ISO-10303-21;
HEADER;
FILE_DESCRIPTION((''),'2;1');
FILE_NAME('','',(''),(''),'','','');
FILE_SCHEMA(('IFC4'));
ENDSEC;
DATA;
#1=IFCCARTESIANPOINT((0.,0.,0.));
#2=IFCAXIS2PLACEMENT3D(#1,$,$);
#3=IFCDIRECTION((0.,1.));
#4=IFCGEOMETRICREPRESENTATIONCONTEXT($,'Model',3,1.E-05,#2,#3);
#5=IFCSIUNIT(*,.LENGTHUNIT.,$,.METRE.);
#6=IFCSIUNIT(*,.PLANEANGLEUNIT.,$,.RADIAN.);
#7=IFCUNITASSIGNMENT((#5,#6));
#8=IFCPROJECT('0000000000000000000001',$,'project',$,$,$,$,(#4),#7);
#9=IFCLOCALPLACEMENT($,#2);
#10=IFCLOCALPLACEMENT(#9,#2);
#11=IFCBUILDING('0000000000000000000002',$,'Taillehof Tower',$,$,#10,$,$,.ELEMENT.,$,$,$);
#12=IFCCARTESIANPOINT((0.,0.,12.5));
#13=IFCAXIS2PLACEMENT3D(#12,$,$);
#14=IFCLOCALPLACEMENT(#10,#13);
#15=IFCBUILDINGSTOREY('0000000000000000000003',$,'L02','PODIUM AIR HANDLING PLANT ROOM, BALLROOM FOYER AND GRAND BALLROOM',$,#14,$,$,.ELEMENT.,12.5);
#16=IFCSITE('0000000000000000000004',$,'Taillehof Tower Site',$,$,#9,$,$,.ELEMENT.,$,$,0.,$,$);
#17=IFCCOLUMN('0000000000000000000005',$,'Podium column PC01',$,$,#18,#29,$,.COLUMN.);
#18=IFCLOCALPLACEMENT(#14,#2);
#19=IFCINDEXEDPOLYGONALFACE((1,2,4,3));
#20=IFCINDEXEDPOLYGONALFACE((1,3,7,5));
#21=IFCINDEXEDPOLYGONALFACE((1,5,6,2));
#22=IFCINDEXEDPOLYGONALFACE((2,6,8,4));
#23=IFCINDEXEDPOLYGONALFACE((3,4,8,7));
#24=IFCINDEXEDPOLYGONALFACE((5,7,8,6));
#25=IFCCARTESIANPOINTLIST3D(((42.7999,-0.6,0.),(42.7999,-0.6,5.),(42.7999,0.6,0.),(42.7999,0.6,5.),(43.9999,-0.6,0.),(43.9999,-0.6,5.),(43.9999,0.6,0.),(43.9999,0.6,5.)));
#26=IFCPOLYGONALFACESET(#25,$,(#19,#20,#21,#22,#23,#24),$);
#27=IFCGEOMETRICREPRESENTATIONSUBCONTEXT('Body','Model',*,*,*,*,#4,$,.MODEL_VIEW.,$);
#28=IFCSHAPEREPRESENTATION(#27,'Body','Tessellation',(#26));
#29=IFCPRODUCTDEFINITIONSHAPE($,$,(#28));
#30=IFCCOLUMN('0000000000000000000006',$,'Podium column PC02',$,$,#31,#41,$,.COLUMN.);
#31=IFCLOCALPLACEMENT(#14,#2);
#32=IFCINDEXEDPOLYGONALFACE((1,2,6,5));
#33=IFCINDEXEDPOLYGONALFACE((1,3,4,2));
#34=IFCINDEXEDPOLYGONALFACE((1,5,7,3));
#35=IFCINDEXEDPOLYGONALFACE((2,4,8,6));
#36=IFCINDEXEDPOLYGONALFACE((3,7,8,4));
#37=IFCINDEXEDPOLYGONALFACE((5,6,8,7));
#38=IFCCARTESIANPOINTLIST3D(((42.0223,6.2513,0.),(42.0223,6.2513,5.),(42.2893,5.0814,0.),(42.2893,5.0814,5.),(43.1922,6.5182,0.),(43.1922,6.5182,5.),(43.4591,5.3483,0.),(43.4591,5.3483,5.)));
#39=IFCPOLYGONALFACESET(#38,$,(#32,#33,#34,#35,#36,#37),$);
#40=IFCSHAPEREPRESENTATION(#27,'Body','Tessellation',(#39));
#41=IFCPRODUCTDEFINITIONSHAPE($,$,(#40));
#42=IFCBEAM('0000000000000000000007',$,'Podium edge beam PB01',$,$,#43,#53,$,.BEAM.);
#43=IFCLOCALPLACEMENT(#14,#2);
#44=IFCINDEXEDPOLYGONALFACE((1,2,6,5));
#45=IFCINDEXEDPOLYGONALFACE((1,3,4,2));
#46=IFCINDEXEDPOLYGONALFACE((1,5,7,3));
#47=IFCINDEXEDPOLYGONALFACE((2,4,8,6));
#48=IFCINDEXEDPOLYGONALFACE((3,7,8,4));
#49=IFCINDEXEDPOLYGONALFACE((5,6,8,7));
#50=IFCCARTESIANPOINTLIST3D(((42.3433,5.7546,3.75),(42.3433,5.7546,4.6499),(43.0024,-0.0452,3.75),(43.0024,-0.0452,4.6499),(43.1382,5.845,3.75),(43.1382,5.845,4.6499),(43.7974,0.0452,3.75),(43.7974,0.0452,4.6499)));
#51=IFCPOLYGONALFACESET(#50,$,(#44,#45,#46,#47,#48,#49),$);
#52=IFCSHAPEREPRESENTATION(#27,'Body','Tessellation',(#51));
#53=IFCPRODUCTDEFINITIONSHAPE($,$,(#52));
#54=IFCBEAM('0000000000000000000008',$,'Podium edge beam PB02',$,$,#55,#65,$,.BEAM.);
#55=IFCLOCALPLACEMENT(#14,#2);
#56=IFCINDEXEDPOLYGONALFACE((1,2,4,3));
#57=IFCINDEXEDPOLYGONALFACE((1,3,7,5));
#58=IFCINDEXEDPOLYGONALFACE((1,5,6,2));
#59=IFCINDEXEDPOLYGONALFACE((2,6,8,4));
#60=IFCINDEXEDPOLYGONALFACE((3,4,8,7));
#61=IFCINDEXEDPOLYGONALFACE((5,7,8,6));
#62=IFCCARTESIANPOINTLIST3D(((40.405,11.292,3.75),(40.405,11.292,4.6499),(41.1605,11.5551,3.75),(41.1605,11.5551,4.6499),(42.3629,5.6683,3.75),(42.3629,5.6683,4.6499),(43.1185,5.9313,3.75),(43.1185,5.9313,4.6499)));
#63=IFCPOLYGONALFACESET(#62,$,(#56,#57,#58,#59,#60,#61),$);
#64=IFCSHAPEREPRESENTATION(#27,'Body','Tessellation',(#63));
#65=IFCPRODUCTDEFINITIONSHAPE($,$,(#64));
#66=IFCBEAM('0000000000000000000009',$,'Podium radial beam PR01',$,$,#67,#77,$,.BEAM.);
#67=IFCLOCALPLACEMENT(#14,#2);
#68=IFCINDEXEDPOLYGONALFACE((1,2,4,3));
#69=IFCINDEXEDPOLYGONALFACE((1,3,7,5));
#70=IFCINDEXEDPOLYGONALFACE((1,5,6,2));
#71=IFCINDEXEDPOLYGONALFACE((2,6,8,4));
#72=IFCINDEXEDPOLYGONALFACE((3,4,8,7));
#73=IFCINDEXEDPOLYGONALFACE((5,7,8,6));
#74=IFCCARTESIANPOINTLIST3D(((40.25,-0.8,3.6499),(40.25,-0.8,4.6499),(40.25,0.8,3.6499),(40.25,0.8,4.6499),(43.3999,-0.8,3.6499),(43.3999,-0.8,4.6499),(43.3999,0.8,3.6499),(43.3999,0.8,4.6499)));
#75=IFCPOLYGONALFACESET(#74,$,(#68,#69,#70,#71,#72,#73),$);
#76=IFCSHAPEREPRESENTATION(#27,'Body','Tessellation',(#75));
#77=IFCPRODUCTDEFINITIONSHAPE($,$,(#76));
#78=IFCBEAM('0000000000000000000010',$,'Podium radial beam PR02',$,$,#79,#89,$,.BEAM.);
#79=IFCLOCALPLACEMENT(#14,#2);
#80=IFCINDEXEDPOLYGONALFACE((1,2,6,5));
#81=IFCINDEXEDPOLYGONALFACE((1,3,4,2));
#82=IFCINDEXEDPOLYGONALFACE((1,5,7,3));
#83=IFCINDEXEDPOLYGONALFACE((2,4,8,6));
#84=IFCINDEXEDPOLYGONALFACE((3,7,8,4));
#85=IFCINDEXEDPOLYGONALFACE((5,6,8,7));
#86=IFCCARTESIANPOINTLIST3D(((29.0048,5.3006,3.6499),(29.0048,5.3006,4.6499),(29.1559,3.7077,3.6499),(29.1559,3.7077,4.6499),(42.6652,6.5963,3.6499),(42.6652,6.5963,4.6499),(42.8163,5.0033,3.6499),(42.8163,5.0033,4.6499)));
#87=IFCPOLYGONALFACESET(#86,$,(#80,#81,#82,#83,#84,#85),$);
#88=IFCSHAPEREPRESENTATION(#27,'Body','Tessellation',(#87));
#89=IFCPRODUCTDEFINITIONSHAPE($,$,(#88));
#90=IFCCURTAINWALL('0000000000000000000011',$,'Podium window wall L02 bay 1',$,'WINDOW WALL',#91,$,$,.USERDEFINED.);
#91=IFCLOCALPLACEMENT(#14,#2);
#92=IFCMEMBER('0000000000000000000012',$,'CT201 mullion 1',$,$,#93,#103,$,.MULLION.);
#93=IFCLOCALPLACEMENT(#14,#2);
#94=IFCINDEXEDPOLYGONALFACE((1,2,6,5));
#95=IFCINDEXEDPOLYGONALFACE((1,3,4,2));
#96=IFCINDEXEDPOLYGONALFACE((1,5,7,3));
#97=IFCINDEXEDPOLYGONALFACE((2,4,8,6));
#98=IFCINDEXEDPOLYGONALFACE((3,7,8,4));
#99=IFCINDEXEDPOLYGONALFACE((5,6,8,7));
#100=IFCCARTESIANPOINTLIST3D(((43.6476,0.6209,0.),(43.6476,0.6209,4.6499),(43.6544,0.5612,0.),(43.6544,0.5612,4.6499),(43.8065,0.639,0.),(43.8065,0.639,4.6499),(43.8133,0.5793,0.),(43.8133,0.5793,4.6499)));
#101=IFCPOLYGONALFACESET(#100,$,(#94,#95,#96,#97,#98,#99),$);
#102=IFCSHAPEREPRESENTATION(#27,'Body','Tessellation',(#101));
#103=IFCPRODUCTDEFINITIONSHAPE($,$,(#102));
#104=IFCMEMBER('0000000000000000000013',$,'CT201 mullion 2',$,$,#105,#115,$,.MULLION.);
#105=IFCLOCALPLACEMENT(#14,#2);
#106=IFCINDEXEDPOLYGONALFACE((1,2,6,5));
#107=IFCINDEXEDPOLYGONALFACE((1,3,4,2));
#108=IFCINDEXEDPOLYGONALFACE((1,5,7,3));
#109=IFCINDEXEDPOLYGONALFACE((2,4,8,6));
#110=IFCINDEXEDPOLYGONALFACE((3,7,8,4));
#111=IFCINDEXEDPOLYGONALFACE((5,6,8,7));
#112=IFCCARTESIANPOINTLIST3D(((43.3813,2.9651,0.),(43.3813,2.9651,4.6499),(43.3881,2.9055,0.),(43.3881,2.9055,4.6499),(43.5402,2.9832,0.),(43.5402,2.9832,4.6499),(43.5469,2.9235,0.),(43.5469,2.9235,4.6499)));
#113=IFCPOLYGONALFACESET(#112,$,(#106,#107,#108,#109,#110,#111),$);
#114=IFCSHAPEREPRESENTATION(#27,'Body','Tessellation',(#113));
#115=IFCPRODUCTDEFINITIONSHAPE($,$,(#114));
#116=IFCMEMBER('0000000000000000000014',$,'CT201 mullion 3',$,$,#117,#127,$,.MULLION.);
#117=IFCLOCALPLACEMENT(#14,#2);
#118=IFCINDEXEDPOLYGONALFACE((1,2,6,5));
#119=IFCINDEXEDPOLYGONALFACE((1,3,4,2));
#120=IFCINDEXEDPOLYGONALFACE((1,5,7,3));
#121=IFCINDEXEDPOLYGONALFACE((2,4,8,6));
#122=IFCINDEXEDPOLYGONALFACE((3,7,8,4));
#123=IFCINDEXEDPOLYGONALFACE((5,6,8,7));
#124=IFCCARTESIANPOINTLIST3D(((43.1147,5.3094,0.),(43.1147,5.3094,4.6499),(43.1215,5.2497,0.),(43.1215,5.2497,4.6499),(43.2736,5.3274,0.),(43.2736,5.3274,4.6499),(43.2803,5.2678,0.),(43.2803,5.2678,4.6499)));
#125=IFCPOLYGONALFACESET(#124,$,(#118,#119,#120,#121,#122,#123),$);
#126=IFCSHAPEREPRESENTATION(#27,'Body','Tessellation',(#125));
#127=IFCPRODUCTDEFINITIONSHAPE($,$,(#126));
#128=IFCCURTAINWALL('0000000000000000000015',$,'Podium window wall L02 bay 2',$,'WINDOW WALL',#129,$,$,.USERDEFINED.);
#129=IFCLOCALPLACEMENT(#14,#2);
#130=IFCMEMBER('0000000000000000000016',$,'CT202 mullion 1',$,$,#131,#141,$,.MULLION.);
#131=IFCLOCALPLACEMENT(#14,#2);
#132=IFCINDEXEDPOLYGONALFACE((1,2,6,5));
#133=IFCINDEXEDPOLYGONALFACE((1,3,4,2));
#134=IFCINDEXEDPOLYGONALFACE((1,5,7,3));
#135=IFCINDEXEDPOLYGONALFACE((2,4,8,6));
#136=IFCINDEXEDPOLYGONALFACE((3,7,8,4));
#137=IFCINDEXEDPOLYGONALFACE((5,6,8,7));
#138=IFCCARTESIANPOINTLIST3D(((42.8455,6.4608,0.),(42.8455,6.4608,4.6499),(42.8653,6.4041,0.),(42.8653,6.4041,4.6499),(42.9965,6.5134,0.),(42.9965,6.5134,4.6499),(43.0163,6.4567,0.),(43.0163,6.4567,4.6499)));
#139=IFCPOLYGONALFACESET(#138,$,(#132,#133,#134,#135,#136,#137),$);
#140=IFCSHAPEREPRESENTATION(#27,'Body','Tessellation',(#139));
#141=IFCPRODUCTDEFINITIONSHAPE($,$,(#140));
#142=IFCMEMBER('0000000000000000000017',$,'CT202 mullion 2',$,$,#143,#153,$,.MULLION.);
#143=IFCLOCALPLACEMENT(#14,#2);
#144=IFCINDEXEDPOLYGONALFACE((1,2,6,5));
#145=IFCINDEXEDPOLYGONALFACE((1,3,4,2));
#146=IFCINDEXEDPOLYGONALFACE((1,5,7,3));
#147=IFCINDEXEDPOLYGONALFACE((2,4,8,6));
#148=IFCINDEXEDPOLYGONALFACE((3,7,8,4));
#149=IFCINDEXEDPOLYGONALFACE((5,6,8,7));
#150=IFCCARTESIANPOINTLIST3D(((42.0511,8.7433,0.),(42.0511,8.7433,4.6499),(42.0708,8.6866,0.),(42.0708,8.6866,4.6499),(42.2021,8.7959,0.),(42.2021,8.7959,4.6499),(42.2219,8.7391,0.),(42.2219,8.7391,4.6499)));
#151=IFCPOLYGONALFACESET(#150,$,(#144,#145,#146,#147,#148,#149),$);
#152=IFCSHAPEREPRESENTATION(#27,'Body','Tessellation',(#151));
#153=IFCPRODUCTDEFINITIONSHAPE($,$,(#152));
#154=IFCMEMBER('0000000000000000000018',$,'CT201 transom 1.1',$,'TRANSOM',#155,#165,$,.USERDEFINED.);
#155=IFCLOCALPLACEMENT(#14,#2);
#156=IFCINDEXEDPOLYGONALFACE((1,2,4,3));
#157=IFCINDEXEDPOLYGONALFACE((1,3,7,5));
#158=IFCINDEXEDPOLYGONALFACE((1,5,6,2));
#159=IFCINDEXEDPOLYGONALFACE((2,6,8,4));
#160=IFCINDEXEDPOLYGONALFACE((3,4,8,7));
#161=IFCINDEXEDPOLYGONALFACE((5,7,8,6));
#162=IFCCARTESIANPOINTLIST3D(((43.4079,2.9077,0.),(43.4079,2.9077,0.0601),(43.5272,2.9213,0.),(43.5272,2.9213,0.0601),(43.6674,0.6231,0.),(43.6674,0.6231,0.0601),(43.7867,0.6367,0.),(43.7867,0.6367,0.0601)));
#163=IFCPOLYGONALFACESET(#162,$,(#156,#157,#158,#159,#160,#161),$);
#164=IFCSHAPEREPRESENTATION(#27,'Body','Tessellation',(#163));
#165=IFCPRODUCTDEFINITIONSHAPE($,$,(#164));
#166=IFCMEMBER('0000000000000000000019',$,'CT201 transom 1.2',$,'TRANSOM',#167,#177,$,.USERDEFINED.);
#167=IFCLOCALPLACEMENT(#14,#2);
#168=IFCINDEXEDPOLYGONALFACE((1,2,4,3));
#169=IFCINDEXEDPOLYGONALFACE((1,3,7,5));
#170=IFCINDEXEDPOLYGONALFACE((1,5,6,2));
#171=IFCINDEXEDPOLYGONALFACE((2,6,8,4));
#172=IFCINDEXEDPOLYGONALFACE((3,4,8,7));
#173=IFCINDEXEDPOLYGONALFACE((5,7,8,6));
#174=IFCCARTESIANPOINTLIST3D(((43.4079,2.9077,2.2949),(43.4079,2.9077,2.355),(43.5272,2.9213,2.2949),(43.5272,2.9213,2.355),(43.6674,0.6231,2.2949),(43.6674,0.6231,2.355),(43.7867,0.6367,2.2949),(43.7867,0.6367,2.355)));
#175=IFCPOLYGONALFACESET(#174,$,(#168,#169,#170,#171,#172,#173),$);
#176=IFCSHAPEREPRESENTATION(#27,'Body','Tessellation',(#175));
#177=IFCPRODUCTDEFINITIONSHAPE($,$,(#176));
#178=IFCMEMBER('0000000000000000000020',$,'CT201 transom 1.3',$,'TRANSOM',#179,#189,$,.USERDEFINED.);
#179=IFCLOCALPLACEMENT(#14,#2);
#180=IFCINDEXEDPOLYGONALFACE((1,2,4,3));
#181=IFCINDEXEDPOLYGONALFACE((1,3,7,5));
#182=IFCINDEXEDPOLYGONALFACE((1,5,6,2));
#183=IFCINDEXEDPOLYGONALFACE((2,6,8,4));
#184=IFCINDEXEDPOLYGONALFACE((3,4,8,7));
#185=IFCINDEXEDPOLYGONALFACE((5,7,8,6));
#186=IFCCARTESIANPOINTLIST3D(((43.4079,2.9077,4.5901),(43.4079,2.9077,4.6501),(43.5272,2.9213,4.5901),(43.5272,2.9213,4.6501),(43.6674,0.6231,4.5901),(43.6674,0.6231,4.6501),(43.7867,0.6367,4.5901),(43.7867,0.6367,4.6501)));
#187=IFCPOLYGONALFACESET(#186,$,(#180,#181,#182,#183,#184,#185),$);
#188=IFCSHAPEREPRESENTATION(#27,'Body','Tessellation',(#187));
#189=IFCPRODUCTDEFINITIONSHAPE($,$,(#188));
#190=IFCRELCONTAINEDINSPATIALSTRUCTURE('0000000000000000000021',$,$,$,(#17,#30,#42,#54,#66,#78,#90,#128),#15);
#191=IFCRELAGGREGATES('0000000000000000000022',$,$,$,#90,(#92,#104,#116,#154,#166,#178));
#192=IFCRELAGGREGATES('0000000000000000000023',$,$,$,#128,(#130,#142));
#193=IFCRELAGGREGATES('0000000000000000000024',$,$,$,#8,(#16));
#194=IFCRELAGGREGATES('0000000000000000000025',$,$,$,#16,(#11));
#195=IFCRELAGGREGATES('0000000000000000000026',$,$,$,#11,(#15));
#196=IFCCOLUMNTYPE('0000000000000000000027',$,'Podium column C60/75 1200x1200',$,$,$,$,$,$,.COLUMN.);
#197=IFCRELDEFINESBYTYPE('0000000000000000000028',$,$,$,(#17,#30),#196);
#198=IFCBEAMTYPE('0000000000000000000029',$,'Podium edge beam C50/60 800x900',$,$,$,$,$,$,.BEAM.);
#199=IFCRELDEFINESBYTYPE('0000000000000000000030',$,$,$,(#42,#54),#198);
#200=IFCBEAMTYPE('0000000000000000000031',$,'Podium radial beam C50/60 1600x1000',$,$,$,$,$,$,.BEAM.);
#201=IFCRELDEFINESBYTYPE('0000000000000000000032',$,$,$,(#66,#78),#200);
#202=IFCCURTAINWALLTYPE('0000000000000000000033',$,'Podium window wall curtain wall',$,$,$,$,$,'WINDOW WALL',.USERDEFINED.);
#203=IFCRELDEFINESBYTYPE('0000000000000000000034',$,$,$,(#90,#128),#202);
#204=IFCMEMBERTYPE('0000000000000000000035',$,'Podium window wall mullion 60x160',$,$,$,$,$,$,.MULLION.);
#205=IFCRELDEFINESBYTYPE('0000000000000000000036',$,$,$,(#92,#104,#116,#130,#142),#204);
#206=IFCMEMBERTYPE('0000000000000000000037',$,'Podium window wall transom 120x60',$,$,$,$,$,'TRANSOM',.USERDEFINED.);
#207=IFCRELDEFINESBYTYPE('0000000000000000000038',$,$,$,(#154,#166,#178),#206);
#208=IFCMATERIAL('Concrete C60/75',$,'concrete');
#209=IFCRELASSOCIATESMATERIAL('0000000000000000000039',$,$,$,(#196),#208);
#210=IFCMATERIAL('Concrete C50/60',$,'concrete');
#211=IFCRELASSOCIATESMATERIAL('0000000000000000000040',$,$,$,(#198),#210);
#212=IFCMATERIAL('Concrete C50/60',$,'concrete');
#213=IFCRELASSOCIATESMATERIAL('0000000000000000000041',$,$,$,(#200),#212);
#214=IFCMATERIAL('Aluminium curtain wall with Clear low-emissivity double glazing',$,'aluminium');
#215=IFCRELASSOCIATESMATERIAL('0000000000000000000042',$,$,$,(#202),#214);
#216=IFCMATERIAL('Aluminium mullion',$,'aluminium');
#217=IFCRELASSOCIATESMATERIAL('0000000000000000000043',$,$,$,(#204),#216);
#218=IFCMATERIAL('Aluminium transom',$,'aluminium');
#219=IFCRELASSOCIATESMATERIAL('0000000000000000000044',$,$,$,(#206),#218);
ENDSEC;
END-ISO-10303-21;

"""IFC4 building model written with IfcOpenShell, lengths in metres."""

from ifc_helpers import new_model, si_unit, direction, frame, origin, origin_2d, place, context, subcontext, project, spatial, rectangle, extrude, material, material_profile, profile_set, type_object, element, aggregate, save


model = new_model("IFC4")

# Units and contexts
model_context = context("Model", 3, precision=1e-05, world=origin(), true_north=direction((0.0, 1.0)))
body_context = subcontext(model_context, "Body", "Model", "MODEL_VIEW")
ifc_project = project(units=[si_unit("LENGTHUNIT", "METRE"), si_unit("PLANEANGLEUNIT", "RADIAN")], contexts=[model_context])

# Site, building, storey
site_placement = place(None, origin())
site = spatial("IfcSite", under=ifc_project, at=site_placement, Name="Taillehof Tower Site", CompositionType="ELEMENT", RefElevation=0.0)
building_placement = place(site_placement, origin())
building = spatial("IfcBuilding", under=site, at=building_placement, Name="Taillehof Tower", CompositionType="ELEMENT")
storey_placement = place(building_placement, frame((0.0, 0.0, 12.5)))
storey = spatial("IfcBuildingStorey", under=building, at=storey_placement, Name="L02", Description="PODIUM AIR HANDLING PLANT ROOM, BALLROOM FOYER AND GRAND BALLROOM", CompositionType="ELEMENT", Elevation=12.5)

# Columns
ifc_material_1 = material(Name="Concrete C60/75", Category="concrete")
ifc_material_profile_1 = material_profile(ifc_material_1, rectangle(XDim=1.2, YDim=1.2, at=origin_2d()), Name="RC 1200x1200")
ifc_profile_set_1 = profile_set([ifc_material_profile_1], Name="Concrete C60/75")
column_type = type_object("IfcColumnType", Name="Podium column C60/75 1200x1200", PredefinedType="COLUMN", material=ifc_profile_set_1)
for number, where, z_axis, x_axis, name in (
    (1, (43.3999, 0.0, 0.0), (0.0, 0.0, 1.0), (1.0, 0.0, 0.0), "Podium column PC01"),
    (2, (42.7407, 5.7998, 0.0), (0.0, 0.0, 1.0), (0.97494, 0.222469, 0.0), "Podium column PC02"),
):
    element("IfcColumn", number, at=place(storey_placement, frame(where, z_axis=z_axis, x_axis=x_axis)), inside=storey, type_object=column_type, Name=name, PredefinedType="COLUMN", context=body_context, shape_type="SweptSolid", body=[
        extrude(rectangle(XDim=1.2, YDim=1.2, at=origin_2d()), origin(), (0.0, 0.0, 1.0), 5.0),
    ])

# Beams
ifc_material_2 = material(Name="Concrete C50/60", Category="concrete")
ifc_material_profile_2 = material_profile(ifc_material_2, rectangle(XDim=0.8, YDim=0.8999, at=origin_2d()), Name="RC 800x900")
ifc_profile_set_2 = profile_set([ifc_material_profile_2], Name="Concrete C50/60")
beam_type_1 = type_object("IfcBeamType", Name="Podium edge beam C50/60 800x900", PredefinedType="BEAM", material=ifc_profile_set_2)
beam_1_placement = place(storey_placement, frame((43.3999, 0.0, 4.2), z_axis=(-0.112928, 0.993603, 0.0), x_axis=(-0.993603, -0.112928, 0.0)))
element("IfcBeam", 3, at=beam_1_placement, inside=storey, type_object=beam_type_1, Name="Podium edge beam PB01", PredefinedType="BEAM", context=body_context, shape_type="SweptSolid", body=[
    extrude(rectangle(XDim=0.8, YDim=0.8999, at=origin_2d()), origin(), (0.0, 0.0, 1.0), 5.8372),
])
beam_2_placement = place(storey_placement, frame((42.7407, 5.7998, 4.2), z_axis=(-0.328807, 0.944397, 0.0), x_axis=(-0.944397, -0.328807, 0.0)))
element("IfcBeam", 4, at=beam_2_placement, inside=storey, type_object=beam_type_1, Name="Podium edge beam PB02", PredefinedType="BEAM", context=body_context, shape_type="SweptSolid", body=[
    extrude(rectangle(XDim=0.8, YDim=0.8999, at=origin_2d()), origin(), (0.0, 0.0, 1.0), 5.9548),
])
ifc_material_3 = material(Name="Concrete C50/60", Category="concrete")
ifc_material_profile_3 = material_profile(ifc_material_3, rectangle(XDim=1.6001, YDim=1.0, at=origin_2d()), Name="RC 1600x1000")
ifc_profile_set_3 = profile_set([ifc_material_profile_3], Name="Concrete C50/60")
beam_type_2 = type_object("IfcBeamType", Name="Podium radial beam C50/60 1600x1000", PredefinedType="BEAM", material=ifc_profile_set_3)
beam_3_placement = place(storey_placement, frame((43.3999, 0.0, 4.1499), z_axis=(-1.0, 0.0, 0.0), x_axis=(0.0, -1.0, 0.0)))
element("IfcBeam", 5, at=beam_3_placement, inside=storey, type_object=beam_type_2, Name="Podium radial beam PR01", PredefinedType="BEAM", context=body_context, shape_type="SweptSolid", body=[
    extrude(rectangle(XDim=1.6001, YDim=1.0, at=origin_2d()), origin(), (0.0, 0.0, 1.0), 3.1499),
])
beam_4_placement = place(storey_placement, frame((42.7407, 5.7998, 4.1499), z_axis=(-0.995532, -0.094424, 0.0), x_axis=(0.094424, -0.995532, 0.0)))
element("IfcBeam", 6, at=beam_4_placement, inside=storey, type_object=beam_type_2, Name="Podium radial beam PR02", PredefinedType="BEAM", context=body_context, shape_type="SweptSolid", body=[
    extrude(rectangle(XDim=1.6001, YDim=1.0, at=origin_2d()), origin(), (0.0, 0.0, 1.0), 13.7217),
])

# Curtain walls, members
ifc_material_4 = material(Name="Aluminium curtain wall with Clear low-emissivity double glazing", Category="aluminium")
curtain_wall_type = type_object("IfcCurtainWallType", Name="Podium window wall curtain wall", ElementType="WINDOW WALL", PredefinedType="USERDEFINED", material=ifc_material_4)
curtain_wall_1_placement = place(storey_placement, origin())
curtain_wall_1 = element("IfcCurtainWall", 7, at=curtain_wall_1_placement, inside=storey, type_object=curtain_wall_type, Name="Podium window wall L02 bay 1", ObjectType="WINDOW WALL", PredefinedType="USERDEFINED")
ifc_material_5 = material(Name="Aluminium mullion", Category="aluminium")
ifc_material_profile_4 = material_profile(ifc_material_5, rectangle(XDim=0.1599, YDim=0.0601, at=origin_2d()), Name="AL 60x160")
ifc_profile_set_4 = profile_set([ifc_material_profile_4], Name="Aluminium mullion")
member_type_1 = type_object("IfcMemberType", Name="Podium window wall mullion 60x160", PredefinedType="MULLION", material=ifc_profile_set_4)
member_1_placement = place(storey_placement, frame((43.7305, 0.6001, 0.0), z_axis=(0.0, 0.0, 1.0), x_axis=(-0.993603, -0.112932, 0.0)))
member_1 = element("IfcMember", 8, at=member_1_placement, type_object=member_type_1, Name="CT201 mullion 1", PredefinedType="MULLION", context=body_context, shape_type="SweptSolid", body=[
    extrude(rectangle(XDim=0.1599, YDim=0.0601, at=origin_2d()), origin(), (0.0, 0.0, 1.0), 4.6499),
])
member_2_placement = place(storey_placement, frame((43.4641, 2.9443, 0.0), z_axis=(0.0, 0.0, 1.0), x_axis=(-0.993603, -0.112932, 0.0)))
member_2 = element("IfcMember", 9, at=member_2_placement, type_object=member_type_1, Name="CT201 mullion 2", PredefinedType="MULLION", context=body_context, shape_type="SweptSolid", body=[
    extrude(rectangle(XDim=0.1599, YDim=0.0601, at=origin_2d()), origin(), (0.0, 0.0, 1.0), 4.6499),
])
member_3_placement = place(storey_placement, frame((43.1975, 5.2886, 0.0), z_axis=(0.0, 0.0, 1.0), x_axis=(-0.993603, -0.112932, 0.0)))
member_3 = element("IfcMember", 10, at=member_3_placement, type_object=member_type_1, Name="CT201 mullion 3", PredefinedType="MULLION", context=body_context, shape_type="SweptSolid", body=[
    extrude(rectangle(XDim=0.1599, YDim=0.0601, at=origin_2d()), origin(), (0.0, 0.0, 1.0), 4.6499),
])
curtain_wall_2_placement = place(storey_placement, origin())
curtain_wall_2 = element("IfcCurtainWall", 11, at=curtain_wall_2_placement, inside=storey, type_object=curtain_wall_type, Name="Podium window wall L02 bay 2", ObjectType="WINDOW WALL", PredefinedType="USERDEFINED")
member_4_placement = place(storey_placement, frame((42.9309, 6.4587, 0.0), z_axis=(0.0, 0.0, 1.0), x_axis=(-0.944414, -0.328758, 0.0)))
member_4 = element("IfcMember", 12, at=member_4_placement, type_object=member_type_1, Name="CT202 mullion 1", PredefinedType="MULLION", context=body_context, shape_type="SweptSolid", body=[
    extrude(rectangle(XDim=0.1599, YDim=0.0601, at=origin_2d()), origin(), (0.0, 0.0, 1.0), 4.6499),
])
member_5_placement = place(storey_placement, frame((42.1365, 8.7412, 0.0), z_axis=(0.0, 0.0, 1.0), x_axis=(-0.944414, -0.328758, 0.0)))
member_5 = element("IfcMember", 13, at=member_5_placement, type_object=member_type_1, Name="CT202 mullion 2", PredefinedType="MULLION", context=body_context, shape_type="SweptSolid", body=[
    extrude(rectangle(XDim=0.1599, YDim=0.0601, at=origin_2d()), origin(), (0.0, 0.0, 1.0), 4.6499),
])

# Members
ifc_material_6 = material(Name="Aluminium transom", Category="aluminium")
ifc_material_profile_5 = material_profile(ifc_material_6, rectangle(XDim=0.1201, YDim=0.0601, at=origin_2d()), Name="AL 120x60")
ifc_profile_set_5 = profile_set([ifc_material_profile_5], Name="Aluminium transom")
member_type_2 = type_object("IfcMemberType", Name="Podium window wall transom 120x60", ElementType="TRANSOM", PredefinedType="USERDEFINED", material=ifc_profile_set_5)
member_6_placement = place(storey_placement, frame((43.7271, 0.6299, 0.03), z_axis=(-0.112867, 0.99361, 0.0), x_axis=(-0.99361, -0.112867, 0.0)))
member_6 = element("IfcMember", 14, at=member_6_placement, type_object=member_type_2, Name="CT201 transom 1.1", ObjectType="TRANSOM", PredefinedType="USERDEFINED", context=body_context, shape_type="SweptSolid", body=[
    extrude(rectangle(XDim=0.1201, YDim=0.0601, at=origin_2d()), origin(), (0.0, 0.0, 1.0), 2.2993),
])
member_7_placement = place(storey_placement, frame((43.7271, 0.6299, 2.325), z_axis=(-0.112867, 0.99361, 0.0), x_axis=(-0.99361, -0.112867, 0.0)))
member_7 = element("IfcMember", 15, at=member_7_placement, type_object=member_type_2, Name="CT201 transom 1.2", ObjectType="TRANSOM", PredefinedType="USERDEFINED", context=body_context, shape_type="SweptSolid", body=[
    extrude(rectangle(XDim=0.1201, YDim=0.0601, at=origin_2d()), origin(), (0.0, 0.0, 1.0), 2.2993),
])
member_8_placement = place(storey_placement, frame((43.7271, 0.6299, 4.6201), z_axis=(-0.112867, 0.99361, 0.0), x_axis=(-0.99361, -0.112867, 0.0)))
member_8 = element("IfcMember", 16, at=member_8_placement, type_object=member_type_2, Name="CT201 transom 1.3", ObjectType="TRANSOM", PredefinedType="USERDEFINED", context=body_context, shape_type="SweptSolid", body=[
    extrude(rectangle(XDim=0.1201, YDim=0.0601, at=origin_2d()), origin(), (0.0, 0.0, 1.0), 2.2993),
])

aggregate(curtain_wall_1, [member_1, member_2, member_3, member_6, member_7, member_8])
aggregate(curtain_wall_2, [member_4, member_5])

save(model, "model.ifc")
